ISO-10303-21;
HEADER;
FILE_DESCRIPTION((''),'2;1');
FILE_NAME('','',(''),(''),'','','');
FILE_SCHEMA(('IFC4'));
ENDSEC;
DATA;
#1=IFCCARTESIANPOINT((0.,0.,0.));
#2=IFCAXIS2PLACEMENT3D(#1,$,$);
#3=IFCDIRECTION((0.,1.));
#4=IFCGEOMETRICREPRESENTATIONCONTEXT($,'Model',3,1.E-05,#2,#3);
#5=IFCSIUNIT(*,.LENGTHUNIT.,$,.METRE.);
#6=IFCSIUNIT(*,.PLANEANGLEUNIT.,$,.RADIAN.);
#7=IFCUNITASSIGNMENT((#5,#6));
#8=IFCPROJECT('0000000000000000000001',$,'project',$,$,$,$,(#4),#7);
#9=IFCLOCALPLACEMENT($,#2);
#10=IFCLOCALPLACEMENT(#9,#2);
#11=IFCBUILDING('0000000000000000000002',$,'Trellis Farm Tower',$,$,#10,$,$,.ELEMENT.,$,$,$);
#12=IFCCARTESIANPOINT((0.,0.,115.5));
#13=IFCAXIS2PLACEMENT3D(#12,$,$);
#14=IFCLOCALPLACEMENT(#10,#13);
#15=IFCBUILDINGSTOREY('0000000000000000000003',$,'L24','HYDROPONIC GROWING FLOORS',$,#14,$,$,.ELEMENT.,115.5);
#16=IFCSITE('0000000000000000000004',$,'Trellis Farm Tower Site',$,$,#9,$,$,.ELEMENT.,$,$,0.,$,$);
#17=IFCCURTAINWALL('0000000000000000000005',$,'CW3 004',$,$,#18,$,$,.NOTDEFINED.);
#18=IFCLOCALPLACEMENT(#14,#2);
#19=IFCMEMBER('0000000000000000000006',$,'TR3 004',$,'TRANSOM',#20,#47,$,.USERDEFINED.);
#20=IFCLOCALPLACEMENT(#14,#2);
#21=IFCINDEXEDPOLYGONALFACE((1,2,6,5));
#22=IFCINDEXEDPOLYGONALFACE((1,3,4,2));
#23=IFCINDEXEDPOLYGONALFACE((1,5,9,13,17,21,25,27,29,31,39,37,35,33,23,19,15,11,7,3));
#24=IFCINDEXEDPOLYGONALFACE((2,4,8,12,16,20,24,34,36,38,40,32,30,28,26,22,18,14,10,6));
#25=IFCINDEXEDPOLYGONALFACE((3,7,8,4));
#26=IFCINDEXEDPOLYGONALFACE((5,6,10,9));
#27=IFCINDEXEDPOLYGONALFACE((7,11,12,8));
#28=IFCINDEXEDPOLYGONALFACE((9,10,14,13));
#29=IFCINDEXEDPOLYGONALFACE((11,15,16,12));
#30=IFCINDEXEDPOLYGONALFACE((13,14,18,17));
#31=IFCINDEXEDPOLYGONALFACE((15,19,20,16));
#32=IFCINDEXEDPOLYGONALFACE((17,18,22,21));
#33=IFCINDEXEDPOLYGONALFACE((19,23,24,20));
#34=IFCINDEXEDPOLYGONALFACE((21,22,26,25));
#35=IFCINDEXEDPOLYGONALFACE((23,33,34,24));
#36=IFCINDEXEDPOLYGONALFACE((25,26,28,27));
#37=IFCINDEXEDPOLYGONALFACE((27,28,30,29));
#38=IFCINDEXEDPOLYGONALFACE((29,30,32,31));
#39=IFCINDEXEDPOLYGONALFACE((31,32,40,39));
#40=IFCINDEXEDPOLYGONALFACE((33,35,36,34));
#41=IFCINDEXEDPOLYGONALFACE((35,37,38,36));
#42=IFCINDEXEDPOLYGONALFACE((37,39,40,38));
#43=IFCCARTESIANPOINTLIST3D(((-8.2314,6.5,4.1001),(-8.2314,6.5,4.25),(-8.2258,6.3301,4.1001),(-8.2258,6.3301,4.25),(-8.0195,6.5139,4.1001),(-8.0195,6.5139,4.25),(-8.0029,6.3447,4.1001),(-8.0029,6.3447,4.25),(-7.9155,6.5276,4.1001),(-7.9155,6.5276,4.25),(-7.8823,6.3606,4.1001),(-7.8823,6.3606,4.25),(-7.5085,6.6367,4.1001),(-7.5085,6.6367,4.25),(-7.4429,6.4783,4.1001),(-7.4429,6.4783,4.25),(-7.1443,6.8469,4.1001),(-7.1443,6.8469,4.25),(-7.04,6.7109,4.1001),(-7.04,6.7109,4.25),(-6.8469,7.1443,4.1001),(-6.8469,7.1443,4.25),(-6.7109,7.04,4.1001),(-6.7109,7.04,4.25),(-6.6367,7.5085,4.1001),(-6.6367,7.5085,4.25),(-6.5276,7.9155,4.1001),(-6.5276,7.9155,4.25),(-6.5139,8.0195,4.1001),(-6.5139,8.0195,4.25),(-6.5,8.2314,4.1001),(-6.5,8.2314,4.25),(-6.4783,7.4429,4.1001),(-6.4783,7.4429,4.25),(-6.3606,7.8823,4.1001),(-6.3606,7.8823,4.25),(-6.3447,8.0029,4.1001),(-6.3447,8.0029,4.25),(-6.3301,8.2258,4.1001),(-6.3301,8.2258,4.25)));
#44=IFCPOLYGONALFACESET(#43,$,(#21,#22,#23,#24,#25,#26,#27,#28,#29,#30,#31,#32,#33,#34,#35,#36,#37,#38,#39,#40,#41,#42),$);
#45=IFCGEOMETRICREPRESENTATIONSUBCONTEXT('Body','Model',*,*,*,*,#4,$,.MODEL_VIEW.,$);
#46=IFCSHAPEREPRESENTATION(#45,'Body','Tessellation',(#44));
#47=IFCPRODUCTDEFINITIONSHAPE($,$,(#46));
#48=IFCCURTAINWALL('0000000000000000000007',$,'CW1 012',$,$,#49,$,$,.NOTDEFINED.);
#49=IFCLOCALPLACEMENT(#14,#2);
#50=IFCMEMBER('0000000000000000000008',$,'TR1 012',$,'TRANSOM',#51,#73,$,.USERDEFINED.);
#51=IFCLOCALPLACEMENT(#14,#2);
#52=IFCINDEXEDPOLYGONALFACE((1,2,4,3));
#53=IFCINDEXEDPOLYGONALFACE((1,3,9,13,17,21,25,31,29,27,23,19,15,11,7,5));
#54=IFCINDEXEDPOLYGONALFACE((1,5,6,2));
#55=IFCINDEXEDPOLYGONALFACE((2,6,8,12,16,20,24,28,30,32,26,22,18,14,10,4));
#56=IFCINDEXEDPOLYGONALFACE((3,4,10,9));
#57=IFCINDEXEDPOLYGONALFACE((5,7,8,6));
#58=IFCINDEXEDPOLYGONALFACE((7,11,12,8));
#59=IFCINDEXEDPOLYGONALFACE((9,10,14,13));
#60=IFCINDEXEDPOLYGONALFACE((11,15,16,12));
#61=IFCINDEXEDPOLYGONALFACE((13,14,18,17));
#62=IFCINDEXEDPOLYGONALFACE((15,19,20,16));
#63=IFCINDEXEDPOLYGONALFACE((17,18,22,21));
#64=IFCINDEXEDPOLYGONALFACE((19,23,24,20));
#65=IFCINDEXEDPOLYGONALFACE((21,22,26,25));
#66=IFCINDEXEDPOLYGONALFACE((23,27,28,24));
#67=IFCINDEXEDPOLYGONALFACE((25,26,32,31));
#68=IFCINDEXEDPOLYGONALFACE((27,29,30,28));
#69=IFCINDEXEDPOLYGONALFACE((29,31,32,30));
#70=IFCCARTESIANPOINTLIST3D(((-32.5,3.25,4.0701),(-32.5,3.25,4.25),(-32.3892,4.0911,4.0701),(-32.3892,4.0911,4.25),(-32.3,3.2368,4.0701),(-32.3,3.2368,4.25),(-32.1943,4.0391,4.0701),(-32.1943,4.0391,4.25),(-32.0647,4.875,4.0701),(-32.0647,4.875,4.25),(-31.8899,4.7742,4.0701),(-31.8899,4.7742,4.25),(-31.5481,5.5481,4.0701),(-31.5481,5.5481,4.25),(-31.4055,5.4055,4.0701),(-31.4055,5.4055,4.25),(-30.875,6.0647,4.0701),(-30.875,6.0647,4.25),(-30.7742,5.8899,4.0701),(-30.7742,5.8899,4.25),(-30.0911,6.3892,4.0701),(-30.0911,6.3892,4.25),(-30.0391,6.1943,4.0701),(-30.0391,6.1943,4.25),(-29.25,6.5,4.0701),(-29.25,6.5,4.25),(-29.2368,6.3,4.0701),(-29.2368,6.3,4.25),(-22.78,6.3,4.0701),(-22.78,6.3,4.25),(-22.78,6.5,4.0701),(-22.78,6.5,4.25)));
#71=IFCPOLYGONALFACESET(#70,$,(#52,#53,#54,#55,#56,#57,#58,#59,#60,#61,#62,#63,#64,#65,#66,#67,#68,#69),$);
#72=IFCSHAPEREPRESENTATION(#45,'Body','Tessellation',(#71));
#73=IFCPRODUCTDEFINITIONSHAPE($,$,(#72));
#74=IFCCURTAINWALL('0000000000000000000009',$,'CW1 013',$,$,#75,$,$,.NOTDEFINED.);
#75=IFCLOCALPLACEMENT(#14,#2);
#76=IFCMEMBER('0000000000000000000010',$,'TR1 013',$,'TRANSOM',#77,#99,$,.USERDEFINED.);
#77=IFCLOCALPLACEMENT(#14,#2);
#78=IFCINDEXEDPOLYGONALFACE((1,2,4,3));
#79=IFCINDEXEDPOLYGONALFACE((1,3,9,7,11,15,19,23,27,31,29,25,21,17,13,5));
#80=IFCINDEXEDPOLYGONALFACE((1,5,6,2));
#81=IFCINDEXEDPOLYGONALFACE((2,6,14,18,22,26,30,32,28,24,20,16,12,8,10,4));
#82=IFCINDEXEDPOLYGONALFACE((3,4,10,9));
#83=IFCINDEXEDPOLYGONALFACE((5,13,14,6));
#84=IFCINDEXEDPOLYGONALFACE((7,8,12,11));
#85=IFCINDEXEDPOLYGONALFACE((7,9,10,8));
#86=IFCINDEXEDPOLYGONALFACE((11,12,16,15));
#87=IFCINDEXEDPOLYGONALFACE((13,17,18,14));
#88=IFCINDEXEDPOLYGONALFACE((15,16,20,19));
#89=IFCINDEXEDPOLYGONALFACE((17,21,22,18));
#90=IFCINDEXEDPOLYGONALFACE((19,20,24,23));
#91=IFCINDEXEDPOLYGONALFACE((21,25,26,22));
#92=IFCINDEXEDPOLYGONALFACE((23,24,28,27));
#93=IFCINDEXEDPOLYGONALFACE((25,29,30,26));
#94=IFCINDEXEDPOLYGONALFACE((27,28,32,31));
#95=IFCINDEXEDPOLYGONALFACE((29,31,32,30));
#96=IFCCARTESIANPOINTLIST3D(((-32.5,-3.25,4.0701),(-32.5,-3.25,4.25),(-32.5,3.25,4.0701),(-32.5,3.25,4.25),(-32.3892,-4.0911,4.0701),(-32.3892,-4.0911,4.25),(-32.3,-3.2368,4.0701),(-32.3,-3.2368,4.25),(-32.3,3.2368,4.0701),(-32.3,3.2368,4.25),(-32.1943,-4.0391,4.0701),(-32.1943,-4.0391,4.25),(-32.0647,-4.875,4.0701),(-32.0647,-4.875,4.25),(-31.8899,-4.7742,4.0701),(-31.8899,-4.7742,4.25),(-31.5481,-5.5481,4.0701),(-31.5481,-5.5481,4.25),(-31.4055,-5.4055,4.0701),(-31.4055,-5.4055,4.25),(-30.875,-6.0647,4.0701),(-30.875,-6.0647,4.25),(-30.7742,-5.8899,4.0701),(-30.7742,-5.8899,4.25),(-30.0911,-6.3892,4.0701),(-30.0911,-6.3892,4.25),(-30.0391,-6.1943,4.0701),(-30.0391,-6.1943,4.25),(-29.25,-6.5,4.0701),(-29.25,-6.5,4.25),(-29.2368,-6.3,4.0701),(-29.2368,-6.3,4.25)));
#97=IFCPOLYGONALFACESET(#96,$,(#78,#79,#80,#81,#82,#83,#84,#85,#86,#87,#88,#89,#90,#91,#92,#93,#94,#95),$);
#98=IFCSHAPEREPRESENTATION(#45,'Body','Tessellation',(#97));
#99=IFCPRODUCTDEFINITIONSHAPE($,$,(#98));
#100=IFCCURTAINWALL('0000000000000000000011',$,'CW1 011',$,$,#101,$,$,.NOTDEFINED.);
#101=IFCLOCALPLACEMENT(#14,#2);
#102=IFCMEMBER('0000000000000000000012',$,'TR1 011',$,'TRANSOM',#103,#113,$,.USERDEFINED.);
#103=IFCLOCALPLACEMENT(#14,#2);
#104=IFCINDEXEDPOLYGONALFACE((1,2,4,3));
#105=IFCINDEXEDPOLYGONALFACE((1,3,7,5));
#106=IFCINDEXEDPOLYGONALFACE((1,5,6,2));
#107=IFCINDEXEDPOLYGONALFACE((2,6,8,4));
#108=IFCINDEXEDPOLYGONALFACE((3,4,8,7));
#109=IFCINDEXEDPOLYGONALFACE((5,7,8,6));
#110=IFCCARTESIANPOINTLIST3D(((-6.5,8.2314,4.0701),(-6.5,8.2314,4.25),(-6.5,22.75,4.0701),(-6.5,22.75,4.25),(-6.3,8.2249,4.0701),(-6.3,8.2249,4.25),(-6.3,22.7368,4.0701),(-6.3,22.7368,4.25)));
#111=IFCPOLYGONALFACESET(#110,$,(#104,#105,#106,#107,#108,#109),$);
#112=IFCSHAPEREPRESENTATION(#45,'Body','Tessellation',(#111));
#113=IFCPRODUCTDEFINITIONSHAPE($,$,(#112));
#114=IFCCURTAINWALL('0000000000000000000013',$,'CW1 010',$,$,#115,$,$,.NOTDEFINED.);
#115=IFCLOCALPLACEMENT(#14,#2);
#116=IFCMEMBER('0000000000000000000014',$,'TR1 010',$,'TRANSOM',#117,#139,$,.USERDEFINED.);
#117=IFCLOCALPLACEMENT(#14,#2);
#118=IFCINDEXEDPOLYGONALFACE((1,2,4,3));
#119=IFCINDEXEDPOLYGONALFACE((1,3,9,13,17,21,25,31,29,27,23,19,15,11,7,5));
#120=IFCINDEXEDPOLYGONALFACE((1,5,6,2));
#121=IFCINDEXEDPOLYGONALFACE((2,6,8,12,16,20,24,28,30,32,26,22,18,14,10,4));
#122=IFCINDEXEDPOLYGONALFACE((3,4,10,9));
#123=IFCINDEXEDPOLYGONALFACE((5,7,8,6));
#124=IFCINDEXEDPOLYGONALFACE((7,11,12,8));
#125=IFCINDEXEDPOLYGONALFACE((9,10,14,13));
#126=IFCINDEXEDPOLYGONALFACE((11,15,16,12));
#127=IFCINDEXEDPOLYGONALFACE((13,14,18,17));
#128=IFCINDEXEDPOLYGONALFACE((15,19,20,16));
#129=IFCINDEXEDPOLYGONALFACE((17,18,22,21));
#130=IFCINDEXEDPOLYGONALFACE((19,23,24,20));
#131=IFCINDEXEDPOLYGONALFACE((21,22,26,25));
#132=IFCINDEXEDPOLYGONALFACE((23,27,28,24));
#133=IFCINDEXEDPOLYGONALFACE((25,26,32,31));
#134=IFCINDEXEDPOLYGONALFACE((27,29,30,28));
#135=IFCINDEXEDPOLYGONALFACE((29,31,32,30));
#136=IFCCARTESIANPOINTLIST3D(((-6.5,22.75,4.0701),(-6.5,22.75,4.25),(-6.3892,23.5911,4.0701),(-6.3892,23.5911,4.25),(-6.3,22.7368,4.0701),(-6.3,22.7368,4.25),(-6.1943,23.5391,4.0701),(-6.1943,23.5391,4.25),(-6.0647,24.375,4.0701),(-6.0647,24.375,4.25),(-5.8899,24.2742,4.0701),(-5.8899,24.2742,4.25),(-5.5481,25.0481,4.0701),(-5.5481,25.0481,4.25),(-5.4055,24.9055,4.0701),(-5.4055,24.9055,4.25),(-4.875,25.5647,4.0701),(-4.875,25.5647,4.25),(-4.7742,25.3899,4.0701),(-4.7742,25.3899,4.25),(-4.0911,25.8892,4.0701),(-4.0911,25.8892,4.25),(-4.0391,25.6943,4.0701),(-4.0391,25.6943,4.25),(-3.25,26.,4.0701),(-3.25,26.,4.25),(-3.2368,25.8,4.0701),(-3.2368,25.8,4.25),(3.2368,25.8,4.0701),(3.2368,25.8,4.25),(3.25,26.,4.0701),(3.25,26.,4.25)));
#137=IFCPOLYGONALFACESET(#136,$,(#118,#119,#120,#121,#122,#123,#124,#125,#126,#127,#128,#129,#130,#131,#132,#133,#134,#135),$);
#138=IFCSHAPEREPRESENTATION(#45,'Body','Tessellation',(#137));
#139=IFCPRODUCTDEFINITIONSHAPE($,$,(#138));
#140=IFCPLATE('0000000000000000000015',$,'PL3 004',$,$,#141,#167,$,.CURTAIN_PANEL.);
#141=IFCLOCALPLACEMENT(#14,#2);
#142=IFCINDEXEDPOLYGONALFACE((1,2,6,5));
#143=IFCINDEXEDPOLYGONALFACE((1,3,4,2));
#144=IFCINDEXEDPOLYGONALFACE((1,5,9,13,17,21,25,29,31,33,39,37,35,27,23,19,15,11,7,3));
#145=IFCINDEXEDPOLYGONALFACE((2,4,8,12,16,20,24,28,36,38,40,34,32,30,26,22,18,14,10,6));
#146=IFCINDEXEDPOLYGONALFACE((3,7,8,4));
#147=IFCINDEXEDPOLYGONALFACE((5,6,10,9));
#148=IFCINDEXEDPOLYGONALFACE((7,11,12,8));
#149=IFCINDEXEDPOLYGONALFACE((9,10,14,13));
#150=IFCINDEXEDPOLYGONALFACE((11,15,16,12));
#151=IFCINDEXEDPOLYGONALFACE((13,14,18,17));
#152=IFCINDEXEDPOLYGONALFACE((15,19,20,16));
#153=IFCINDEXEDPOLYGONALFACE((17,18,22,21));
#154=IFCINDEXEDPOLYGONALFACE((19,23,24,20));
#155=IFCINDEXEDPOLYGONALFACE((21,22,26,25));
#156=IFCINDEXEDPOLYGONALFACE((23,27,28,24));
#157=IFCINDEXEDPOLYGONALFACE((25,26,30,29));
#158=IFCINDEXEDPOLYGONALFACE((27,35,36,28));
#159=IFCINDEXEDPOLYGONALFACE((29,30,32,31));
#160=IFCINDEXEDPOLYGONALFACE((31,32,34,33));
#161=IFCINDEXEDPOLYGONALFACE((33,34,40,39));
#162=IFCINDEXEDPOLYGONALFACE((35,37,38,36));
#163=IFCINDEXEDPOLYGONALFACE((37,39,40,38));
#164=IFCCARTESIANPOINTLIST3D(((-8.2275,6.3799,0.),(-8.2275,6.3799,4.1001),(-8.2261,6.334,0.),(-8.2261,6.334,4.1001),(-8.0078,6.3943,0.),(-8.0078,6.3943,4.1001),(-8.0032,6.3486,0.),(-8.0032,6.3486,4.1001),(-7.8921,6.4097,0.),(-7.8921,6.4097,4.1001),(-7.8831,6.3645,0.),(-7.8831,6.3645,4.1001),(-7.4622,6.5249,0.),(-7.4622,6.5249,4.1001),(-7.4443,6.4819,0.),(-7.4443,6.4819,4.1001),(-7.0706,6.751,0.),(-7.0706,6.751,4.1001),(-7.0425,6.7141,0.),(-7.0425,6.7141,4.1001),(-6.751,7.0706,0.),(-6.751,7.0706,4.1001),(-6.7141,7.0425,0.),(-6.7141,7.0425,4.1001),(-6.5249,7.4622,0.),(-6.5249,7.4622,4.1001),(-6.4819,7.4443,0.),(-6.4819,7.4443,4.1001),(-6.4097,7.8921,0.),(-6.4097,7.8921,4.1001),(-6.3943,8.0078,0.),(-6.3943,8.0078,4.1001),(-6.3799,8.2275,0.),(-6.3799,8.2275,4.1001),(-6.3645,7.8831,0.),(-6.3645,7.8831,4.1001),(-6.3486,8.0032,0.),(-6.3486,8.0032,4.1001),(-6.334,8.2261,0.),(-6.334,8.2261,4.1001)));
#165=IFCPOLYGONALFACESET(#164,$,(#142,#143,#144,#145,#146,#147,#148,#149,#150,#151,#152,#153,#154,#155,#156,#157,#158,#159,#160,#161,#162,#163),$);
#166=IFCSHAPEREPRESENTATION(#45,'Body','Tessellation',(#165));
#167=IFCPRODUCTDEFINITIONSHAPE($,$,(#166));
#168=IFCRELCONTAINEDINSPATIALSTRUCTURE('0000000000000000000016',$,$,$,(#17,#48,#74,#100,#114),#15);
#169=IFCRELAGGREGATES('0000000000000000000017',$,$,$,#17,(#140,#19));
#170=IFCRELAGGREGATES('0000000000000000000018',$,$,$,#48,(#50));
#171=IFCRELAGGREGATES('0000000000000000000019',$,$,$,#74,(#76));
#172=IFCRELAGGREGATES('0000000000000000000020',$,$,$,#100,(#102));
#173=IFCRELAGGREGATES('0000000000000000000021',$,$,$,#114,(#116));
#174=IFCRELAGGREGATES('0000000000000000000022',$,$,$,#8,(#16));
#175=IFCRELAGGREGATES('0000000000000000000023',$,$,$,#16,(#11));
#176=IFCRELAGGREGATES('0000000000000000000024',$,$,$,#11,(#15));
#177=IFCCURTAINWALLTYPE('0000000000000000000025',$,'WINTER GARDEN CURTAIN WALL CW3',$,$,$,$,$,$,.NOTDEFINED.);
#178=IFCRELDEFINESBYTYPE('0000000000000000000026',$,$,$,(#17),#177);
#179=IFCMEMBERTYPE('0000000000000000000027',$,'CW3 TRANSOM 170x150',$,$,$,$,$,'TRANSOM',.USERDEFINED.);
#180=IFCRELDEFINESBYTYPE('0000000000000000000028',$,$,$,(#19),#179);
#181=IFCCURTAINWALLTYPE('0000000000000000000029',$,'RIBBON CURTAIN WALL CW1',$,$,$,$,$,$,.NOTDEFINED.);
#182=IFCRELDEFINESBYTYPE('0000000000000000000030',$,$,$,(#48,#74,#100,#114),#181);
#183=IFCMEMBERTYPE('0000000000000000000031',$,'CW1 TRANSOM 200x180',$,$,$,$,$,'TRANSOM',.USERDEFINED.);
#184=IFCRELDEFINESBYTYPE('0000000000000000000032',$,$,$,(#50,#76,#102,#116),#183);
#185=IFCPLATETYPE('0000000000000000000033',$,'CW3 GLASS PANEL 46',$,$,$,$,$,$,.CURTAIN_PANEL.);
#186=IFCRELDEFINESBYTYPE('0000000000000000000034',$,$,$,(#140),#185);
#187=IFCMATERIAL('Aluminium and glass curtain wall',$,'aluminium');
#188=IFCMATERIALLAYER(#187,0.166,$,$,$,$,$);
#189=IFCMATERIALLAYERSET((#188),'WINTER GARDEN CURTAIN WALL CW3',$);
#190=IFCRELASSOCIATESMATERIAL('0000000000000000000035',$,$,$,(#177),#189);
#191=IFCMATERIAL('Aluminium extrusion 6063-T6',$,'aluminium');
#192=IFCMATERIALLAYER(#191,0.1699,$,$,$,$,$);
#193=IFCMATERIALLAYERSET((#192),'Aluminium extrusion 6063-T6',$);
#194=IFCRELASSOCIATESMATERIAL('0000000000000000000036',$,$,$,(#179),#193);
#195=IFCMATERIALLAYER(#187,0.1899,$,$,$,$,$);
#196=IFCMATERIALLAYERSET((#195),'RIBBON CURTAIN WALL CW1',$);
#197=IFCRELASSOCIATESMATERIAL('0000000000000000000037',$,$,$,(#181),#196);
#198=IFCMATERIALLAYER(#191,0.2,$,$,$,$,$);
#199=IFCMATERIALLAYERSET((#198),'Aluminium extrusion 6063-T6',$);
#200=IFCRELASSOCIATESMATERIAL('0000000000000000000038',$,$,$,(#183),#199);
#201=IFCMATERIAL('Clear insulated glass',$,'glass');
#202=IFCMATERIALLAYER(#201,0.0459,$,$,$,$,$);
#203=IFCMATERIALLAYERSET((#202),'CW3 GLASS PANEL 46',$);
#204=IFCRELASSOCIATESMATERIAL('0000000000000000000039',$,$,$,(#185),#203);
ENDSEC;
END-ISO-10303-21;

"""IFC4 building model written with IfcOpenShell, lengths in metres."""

from ifc_helpers import new_model, si_unit, direction, frame, origin, place, context, subcontext, project, spatial, polyline, outline, extrude, source, transform, mapped, material, layer, layer_set, type_object, element, aggregate, save


model = new_model("IFC4")

# Units and contexts
model_context = context("Model", 3, precision=1e-05, world=origin(), true_north=direction((0.0, 1.0)))
body_context = subcontext(model_context, "Body", "Model", "MODEL_VIEW")
ifc_project = project(units=[si_unit("LENGTHUNIT", "METRE"), si_unit("PLANEANGLEUNIT", "RADIAN")], contexts=[model_context])

# Site, building, storey
site_placement = place(None, origin())
site = spatial("IfcSite", under=ifc_project, at=site_placement, Name="Trellis Farm Tower Site", CompositionType="ELEMENT", RefElevation=0.0)
building_placement = place(site_placement, origin())
building = spatial("IfcBuilding", under=site, at=building_placement, Name="Trellis Farm Tower", CompositionType="ELEMENT")
storey_placement = place(building_placement, frame((0.0, 0.0, 115.5)))
storey = spatial("IfcBuildingStorey", under=building, at=storey_placement, Name="L24", Description="HYDROPONIC GROWING FLOORS", CompositionType="ELEMENT", Elevation=115.5)

# Curtain walls, members
ifc_material_1 = material(Name="Aluminium and glass curtain wall", Category="aluminium")
ifc_layer_1 = layer(ifc_material_1, 0.166)
ifc_layer_set_1 = layer_set([ifc_layer_1], Name="WINTER GARDEN CURTAIN WALL CW3")
curtain_wall_type_1 = type_object("IfcCurtainWallType", Name="WINTER GARDEN CURTAIN WALL CW3", PredefinedType="NOTDEFINED", material=ifc_layer_set_1)
placement_1 = place(storey_placement, origin())
curtain_wall_1 = element("IfcCurtainWall", 1, at=placement_1, inside=storey, type_object=curtain_wall_type_1, Name="CW3 004", PredefinedType="NOTDEFINED")
ifc_material_2 = material(Name="Aluminium extrusion 6063-T6", Category="aluminium")
ifc_layer_2 = layer(ifc_material_2, 0.1699)
ifc_layer_set_2 = layer_set([ifc_layer_2], Name="Aluminium extrusion 6063-T6")
member_type_1 = type_object("IfcMemberType", Name="CW3 TRANSOM 170x150", ElementType="TRANSOM", PredefinedType="USERDEFINED", material=ifc_layer_set_2)
shared_shape_1 = source(origin(), body_context, "Body", "SweptSolid", [
    extrude(outline(polyline([(-6.5, 8.2314), (-6.5139, 8.0195), (-6.5276, 7.9155), (-6.6367, 7.5085), (-6.8469, 7.1443), (-7.1443, 6.8469), (-7.5085, 6.6367), (-7.9155, 6.5276), (-8.0195, 6.5139), (-8.2314, 6.5), (-8.2258, 6.3301), (-8.0029, 6.3447), (-7.8823, 6.3606), (-7.4429, 6.4783), (-7.04, 6.7109), (-6.7109, 7.04), (-6.4783, 7.4429), (-6.3606, 7.8823), (-6.3447, 8.0029), (-6.3301, 8.2258), (-6.5, 8.2314)])), origin(), (0.0, 0.0, 1.0), 0.1499),
])
member_1_placement = place(storey_placement, frame((0.0, 0.0, 4.1001)))
member_1 = element("IfcMember", 2, at=member_1_placement, type_object=member_type_1, Name="TR3 004", ObjectType="TRANSOM", PredefinedType="USERDEFINED", context=body_context, shape_type="MappedRepresentation", body=[
    mapped(shared_shape_1, transform((0.0, 0.0, 0.0))),
])
ifc_layer_3 = layer(ifc_material_1, 0.1899)
ifc_layer_set_3 = layer_set([ifc_layer_3], Name="RIBBON CURTAIN WALL CW1")
curtain_wall_type_2 = type_object("IfcCurtainWallType", Name="RIBBON CURTAIN WALL CW1", PredefinedType="NOTDEFINED", material=ifc_layer_set_3)
curtain_wall_2 = element("IfcCurtainWall", 3, at=placement_1, inside=storey, type_object=curtain_wall_type_2, Name="CW1 012", PredefinedType="NOTDEFINED")
ifc_layer_4 = layer(ifc_material_2, 0.2)
ifc_layer_set_4 = layer_set([ifc_layer_4], Name="Aluminium extrusion 6063-T6")
member_type_2 = type_object("IfcMemberType", Name="CW1 TRANSOM 200x180", ElementType="TRANSOM", PredefinedType="USERDEFINED", material=ifc_layer_set_4)
shared_shape_2 = source(origin(), body_context, "Body", "SweptSolid", [
    extrude(outline(polyline([(-22.78, 6.5), (-29.25, 6.5), (-30.0911, 6.3892), (-30.875, 6.0647), (-31.5481, 5.5481), (-32.0647, 4.875), (-32.3892, 4.0911), (-32.5, 3.25), (-32.3, 3.2368), (-32.1943, 4.0391), (-31.8899, 4.7742), (-31.4055, 5.4055), (-30.7742, 5.8899), (-30.0391, 6.1943), (-29.2368, 6.3), (-22.78, 6.3), (-22.78, 6.5)])), origin(), (0.0, 0.0, 1.0), 0.1799),
])
placement_2 = place(storey_placement, frame((0.0, 0.0, 4.0701)))
member_2 = element("IfcMember", 4, at=placement_2, type_object=member_type_2, Name="TR1 012", ObjectType="TRANSOM", PredefinedType="USERDEFINED", context=body_context, shape_type="MappedRepresentation", body=[
    mapped(shared_shape_2, transform((0.0, 0.0, 0.0))),
])
curtain_wall_3 = element("IfcCurtainWall", 5, at=placement_1, inside=storey, type_object=curtain_wall_type_2, Name="CW1 013", PredefinedType="NOTDEFINED")
shared_shape_3 = source(origin(), body_context, "Body", "SweptSolid", [
    extrude(outline(polyline([(-32.5, 3.25), (-32.5, -3.25), (-32.3892, -4.0911), (-32.0647, -4.875), (-31.5481, -5.5481), (-30.875, -6.0647), (-30.0911, -6.3892), (-29.25, -6.5), (-29.2368, -6.3), (-30.0391, -6.1943), (-30.7742, -5.8899), (-31.4055, -5.4055), (-31.8899, -4.7742), (-32.1943, -4.0391), (-32.3, -3.2368), (-32.3, 3.2368), (-32.5, 3.25)])), origin(), (0.0, 0.0, 1.0), 0.1799),
])
member_3 = element("IfcMember", 6, at=placement_2, type_object=member_type_2, Name="TR1 013", ObjectType="TRANSOM", PredefinedType="USERDEFINED", context=body_context, shape_type="MappedRepresentation", body=[
    mapped(shared_shape_3, transform((0.0, 0.0, 0.0))),
])
curtain_wall_4 = element("IfcCurtainWall", 7, at=placement_1, inside=storey, type_object=curtain_wall_type_2, Name="CW1 011", PredefinedType="NOTDEFINED")
shared_shape_4 = source(origin(), body_context, "Body", "SweptSolid", [
    extrude(outline(polyline([(-6.5, 22.75), (-6.5, 8.2314), (-6.3, 8.2249), (-6.3, 22.7368), (-6.5, 22.75)])), origin(), (0.0, 0.0, 1.0), 0.1799),
])
member_4 = element("IfcMember", 8, at=placement_2, type_object=member_type_2, Name="TR1 011", ObjectType="TRANSOM", PredefinedType="USERDEFINED", context=body_context, shape_type="MappedRepresentation", body=[
    mapped(shared_shape_4, transform((0.0, 0.0, 0.0))),
])
curtain_wall_5 = element("IfcCurtainWall", 9, at=placement_1, inside=storey, type_object=curtain_wall_type_2, Name="CW1 010", PredefinedType="NOTDEFINED")
shared_shape_5 = source(origin(), body_context, "Body", "SweptSolid", [
    extrude(outline(polyline([(3.25, 26.0), (-3.25, 26.0), (-4.0911, 25.8892), (-4.875, 25.5647), (-5.5481, 25.0481), (-6.0647, 24.375), (-6.3892, 23.5911), (-6.5, 22.75), (-6.3, 22.7368), (-6.1943, 23.5391), (-5.8899, 24.2742), (-5.4055, 24.9055), (-4.7742, 25.3899), (-4.0391, 25.6943), (-3.2368, 25.8), (3.2368, 25.8), (3.25, 26.0)])), origin(), (0.0, 0.0, 1.0), 0.1799),
])
member_5 = element("IfcMember", 10, at=placement_2, type_object=member_type_2, Name="TR1 010", ObjectType="TRANSOM", PredefinedType="USERDEFINED", context=body_context, shape_type="MappedRepresentation", body=[
    mapped(shared_shape_5, transform((0.0, 0.0, 0.0))),
])

# Plate
ifc_material_3 = material(Name="Clear insulated glass", Category="glass")
ifc_layer_5 = layer(ifc_material_3, 0.0459)
ifc_layer_set_5 = layer_set([ifc_layer_5], Name="CW3 GLASS PANEL 46")
plate_type_1 = type_object("IfcPlateType", Name="CW3 GLASS PANEL 46", PredefinedType="CURTAIN_PANEL", material=ifc_layer_set_5)
shared_shape_6 = source(origin(), body_context, "Body", "SweptSolid", [
    extrude(outline(polyline([(-6.3799, 8.2275), (-6.3943, 8.0078), (-6.4097, 7.8921), (-6.5249, 7.4622), (-6.751, 7.0706), (-7.0706, 6.751), (-7.4622, 6.5249), (-7.8921, 6.4097), (-8.0078, 6.3943), (-8.2275, 6.3799), (-8.2261, 6.334), (-8.0032, 6.3486), (-7.8831, 6.3645), (-7.4443, 6.4819), (-7.0425, 6.7141), (-6.7141, 7.0425), (-6.4819, 7.4443), (-6.3645, 7.8831), (-6.3486, 8.0032), (-6.334, 8.2261), (-6.3799, 8.2275)])), origin(), (0.0, 0.0, 1.0), 4.1001),
])
plate_1 = element("IfcPlate", 11, at=placement_1, type_object=plate_type_1, Name="PL3 004", PredefinedType="CURTAIN_PANEL", context=body_context, shape_type="MappedRepresentation", body=[
    mapped(shared_shape_6, transform((0.0, 0.0, 0.0))),
])
aggregate(curtain_wall_1, [plate_1, member_1])
aggregate(curtain_wall_2, [member_2])
aggregate(curtain_wall_3, [member_3])
aggregate(curtain_wall_4, [member_4])
aggregate(curtain_wall_5, [member_5])

save(model, "model.ifc")
